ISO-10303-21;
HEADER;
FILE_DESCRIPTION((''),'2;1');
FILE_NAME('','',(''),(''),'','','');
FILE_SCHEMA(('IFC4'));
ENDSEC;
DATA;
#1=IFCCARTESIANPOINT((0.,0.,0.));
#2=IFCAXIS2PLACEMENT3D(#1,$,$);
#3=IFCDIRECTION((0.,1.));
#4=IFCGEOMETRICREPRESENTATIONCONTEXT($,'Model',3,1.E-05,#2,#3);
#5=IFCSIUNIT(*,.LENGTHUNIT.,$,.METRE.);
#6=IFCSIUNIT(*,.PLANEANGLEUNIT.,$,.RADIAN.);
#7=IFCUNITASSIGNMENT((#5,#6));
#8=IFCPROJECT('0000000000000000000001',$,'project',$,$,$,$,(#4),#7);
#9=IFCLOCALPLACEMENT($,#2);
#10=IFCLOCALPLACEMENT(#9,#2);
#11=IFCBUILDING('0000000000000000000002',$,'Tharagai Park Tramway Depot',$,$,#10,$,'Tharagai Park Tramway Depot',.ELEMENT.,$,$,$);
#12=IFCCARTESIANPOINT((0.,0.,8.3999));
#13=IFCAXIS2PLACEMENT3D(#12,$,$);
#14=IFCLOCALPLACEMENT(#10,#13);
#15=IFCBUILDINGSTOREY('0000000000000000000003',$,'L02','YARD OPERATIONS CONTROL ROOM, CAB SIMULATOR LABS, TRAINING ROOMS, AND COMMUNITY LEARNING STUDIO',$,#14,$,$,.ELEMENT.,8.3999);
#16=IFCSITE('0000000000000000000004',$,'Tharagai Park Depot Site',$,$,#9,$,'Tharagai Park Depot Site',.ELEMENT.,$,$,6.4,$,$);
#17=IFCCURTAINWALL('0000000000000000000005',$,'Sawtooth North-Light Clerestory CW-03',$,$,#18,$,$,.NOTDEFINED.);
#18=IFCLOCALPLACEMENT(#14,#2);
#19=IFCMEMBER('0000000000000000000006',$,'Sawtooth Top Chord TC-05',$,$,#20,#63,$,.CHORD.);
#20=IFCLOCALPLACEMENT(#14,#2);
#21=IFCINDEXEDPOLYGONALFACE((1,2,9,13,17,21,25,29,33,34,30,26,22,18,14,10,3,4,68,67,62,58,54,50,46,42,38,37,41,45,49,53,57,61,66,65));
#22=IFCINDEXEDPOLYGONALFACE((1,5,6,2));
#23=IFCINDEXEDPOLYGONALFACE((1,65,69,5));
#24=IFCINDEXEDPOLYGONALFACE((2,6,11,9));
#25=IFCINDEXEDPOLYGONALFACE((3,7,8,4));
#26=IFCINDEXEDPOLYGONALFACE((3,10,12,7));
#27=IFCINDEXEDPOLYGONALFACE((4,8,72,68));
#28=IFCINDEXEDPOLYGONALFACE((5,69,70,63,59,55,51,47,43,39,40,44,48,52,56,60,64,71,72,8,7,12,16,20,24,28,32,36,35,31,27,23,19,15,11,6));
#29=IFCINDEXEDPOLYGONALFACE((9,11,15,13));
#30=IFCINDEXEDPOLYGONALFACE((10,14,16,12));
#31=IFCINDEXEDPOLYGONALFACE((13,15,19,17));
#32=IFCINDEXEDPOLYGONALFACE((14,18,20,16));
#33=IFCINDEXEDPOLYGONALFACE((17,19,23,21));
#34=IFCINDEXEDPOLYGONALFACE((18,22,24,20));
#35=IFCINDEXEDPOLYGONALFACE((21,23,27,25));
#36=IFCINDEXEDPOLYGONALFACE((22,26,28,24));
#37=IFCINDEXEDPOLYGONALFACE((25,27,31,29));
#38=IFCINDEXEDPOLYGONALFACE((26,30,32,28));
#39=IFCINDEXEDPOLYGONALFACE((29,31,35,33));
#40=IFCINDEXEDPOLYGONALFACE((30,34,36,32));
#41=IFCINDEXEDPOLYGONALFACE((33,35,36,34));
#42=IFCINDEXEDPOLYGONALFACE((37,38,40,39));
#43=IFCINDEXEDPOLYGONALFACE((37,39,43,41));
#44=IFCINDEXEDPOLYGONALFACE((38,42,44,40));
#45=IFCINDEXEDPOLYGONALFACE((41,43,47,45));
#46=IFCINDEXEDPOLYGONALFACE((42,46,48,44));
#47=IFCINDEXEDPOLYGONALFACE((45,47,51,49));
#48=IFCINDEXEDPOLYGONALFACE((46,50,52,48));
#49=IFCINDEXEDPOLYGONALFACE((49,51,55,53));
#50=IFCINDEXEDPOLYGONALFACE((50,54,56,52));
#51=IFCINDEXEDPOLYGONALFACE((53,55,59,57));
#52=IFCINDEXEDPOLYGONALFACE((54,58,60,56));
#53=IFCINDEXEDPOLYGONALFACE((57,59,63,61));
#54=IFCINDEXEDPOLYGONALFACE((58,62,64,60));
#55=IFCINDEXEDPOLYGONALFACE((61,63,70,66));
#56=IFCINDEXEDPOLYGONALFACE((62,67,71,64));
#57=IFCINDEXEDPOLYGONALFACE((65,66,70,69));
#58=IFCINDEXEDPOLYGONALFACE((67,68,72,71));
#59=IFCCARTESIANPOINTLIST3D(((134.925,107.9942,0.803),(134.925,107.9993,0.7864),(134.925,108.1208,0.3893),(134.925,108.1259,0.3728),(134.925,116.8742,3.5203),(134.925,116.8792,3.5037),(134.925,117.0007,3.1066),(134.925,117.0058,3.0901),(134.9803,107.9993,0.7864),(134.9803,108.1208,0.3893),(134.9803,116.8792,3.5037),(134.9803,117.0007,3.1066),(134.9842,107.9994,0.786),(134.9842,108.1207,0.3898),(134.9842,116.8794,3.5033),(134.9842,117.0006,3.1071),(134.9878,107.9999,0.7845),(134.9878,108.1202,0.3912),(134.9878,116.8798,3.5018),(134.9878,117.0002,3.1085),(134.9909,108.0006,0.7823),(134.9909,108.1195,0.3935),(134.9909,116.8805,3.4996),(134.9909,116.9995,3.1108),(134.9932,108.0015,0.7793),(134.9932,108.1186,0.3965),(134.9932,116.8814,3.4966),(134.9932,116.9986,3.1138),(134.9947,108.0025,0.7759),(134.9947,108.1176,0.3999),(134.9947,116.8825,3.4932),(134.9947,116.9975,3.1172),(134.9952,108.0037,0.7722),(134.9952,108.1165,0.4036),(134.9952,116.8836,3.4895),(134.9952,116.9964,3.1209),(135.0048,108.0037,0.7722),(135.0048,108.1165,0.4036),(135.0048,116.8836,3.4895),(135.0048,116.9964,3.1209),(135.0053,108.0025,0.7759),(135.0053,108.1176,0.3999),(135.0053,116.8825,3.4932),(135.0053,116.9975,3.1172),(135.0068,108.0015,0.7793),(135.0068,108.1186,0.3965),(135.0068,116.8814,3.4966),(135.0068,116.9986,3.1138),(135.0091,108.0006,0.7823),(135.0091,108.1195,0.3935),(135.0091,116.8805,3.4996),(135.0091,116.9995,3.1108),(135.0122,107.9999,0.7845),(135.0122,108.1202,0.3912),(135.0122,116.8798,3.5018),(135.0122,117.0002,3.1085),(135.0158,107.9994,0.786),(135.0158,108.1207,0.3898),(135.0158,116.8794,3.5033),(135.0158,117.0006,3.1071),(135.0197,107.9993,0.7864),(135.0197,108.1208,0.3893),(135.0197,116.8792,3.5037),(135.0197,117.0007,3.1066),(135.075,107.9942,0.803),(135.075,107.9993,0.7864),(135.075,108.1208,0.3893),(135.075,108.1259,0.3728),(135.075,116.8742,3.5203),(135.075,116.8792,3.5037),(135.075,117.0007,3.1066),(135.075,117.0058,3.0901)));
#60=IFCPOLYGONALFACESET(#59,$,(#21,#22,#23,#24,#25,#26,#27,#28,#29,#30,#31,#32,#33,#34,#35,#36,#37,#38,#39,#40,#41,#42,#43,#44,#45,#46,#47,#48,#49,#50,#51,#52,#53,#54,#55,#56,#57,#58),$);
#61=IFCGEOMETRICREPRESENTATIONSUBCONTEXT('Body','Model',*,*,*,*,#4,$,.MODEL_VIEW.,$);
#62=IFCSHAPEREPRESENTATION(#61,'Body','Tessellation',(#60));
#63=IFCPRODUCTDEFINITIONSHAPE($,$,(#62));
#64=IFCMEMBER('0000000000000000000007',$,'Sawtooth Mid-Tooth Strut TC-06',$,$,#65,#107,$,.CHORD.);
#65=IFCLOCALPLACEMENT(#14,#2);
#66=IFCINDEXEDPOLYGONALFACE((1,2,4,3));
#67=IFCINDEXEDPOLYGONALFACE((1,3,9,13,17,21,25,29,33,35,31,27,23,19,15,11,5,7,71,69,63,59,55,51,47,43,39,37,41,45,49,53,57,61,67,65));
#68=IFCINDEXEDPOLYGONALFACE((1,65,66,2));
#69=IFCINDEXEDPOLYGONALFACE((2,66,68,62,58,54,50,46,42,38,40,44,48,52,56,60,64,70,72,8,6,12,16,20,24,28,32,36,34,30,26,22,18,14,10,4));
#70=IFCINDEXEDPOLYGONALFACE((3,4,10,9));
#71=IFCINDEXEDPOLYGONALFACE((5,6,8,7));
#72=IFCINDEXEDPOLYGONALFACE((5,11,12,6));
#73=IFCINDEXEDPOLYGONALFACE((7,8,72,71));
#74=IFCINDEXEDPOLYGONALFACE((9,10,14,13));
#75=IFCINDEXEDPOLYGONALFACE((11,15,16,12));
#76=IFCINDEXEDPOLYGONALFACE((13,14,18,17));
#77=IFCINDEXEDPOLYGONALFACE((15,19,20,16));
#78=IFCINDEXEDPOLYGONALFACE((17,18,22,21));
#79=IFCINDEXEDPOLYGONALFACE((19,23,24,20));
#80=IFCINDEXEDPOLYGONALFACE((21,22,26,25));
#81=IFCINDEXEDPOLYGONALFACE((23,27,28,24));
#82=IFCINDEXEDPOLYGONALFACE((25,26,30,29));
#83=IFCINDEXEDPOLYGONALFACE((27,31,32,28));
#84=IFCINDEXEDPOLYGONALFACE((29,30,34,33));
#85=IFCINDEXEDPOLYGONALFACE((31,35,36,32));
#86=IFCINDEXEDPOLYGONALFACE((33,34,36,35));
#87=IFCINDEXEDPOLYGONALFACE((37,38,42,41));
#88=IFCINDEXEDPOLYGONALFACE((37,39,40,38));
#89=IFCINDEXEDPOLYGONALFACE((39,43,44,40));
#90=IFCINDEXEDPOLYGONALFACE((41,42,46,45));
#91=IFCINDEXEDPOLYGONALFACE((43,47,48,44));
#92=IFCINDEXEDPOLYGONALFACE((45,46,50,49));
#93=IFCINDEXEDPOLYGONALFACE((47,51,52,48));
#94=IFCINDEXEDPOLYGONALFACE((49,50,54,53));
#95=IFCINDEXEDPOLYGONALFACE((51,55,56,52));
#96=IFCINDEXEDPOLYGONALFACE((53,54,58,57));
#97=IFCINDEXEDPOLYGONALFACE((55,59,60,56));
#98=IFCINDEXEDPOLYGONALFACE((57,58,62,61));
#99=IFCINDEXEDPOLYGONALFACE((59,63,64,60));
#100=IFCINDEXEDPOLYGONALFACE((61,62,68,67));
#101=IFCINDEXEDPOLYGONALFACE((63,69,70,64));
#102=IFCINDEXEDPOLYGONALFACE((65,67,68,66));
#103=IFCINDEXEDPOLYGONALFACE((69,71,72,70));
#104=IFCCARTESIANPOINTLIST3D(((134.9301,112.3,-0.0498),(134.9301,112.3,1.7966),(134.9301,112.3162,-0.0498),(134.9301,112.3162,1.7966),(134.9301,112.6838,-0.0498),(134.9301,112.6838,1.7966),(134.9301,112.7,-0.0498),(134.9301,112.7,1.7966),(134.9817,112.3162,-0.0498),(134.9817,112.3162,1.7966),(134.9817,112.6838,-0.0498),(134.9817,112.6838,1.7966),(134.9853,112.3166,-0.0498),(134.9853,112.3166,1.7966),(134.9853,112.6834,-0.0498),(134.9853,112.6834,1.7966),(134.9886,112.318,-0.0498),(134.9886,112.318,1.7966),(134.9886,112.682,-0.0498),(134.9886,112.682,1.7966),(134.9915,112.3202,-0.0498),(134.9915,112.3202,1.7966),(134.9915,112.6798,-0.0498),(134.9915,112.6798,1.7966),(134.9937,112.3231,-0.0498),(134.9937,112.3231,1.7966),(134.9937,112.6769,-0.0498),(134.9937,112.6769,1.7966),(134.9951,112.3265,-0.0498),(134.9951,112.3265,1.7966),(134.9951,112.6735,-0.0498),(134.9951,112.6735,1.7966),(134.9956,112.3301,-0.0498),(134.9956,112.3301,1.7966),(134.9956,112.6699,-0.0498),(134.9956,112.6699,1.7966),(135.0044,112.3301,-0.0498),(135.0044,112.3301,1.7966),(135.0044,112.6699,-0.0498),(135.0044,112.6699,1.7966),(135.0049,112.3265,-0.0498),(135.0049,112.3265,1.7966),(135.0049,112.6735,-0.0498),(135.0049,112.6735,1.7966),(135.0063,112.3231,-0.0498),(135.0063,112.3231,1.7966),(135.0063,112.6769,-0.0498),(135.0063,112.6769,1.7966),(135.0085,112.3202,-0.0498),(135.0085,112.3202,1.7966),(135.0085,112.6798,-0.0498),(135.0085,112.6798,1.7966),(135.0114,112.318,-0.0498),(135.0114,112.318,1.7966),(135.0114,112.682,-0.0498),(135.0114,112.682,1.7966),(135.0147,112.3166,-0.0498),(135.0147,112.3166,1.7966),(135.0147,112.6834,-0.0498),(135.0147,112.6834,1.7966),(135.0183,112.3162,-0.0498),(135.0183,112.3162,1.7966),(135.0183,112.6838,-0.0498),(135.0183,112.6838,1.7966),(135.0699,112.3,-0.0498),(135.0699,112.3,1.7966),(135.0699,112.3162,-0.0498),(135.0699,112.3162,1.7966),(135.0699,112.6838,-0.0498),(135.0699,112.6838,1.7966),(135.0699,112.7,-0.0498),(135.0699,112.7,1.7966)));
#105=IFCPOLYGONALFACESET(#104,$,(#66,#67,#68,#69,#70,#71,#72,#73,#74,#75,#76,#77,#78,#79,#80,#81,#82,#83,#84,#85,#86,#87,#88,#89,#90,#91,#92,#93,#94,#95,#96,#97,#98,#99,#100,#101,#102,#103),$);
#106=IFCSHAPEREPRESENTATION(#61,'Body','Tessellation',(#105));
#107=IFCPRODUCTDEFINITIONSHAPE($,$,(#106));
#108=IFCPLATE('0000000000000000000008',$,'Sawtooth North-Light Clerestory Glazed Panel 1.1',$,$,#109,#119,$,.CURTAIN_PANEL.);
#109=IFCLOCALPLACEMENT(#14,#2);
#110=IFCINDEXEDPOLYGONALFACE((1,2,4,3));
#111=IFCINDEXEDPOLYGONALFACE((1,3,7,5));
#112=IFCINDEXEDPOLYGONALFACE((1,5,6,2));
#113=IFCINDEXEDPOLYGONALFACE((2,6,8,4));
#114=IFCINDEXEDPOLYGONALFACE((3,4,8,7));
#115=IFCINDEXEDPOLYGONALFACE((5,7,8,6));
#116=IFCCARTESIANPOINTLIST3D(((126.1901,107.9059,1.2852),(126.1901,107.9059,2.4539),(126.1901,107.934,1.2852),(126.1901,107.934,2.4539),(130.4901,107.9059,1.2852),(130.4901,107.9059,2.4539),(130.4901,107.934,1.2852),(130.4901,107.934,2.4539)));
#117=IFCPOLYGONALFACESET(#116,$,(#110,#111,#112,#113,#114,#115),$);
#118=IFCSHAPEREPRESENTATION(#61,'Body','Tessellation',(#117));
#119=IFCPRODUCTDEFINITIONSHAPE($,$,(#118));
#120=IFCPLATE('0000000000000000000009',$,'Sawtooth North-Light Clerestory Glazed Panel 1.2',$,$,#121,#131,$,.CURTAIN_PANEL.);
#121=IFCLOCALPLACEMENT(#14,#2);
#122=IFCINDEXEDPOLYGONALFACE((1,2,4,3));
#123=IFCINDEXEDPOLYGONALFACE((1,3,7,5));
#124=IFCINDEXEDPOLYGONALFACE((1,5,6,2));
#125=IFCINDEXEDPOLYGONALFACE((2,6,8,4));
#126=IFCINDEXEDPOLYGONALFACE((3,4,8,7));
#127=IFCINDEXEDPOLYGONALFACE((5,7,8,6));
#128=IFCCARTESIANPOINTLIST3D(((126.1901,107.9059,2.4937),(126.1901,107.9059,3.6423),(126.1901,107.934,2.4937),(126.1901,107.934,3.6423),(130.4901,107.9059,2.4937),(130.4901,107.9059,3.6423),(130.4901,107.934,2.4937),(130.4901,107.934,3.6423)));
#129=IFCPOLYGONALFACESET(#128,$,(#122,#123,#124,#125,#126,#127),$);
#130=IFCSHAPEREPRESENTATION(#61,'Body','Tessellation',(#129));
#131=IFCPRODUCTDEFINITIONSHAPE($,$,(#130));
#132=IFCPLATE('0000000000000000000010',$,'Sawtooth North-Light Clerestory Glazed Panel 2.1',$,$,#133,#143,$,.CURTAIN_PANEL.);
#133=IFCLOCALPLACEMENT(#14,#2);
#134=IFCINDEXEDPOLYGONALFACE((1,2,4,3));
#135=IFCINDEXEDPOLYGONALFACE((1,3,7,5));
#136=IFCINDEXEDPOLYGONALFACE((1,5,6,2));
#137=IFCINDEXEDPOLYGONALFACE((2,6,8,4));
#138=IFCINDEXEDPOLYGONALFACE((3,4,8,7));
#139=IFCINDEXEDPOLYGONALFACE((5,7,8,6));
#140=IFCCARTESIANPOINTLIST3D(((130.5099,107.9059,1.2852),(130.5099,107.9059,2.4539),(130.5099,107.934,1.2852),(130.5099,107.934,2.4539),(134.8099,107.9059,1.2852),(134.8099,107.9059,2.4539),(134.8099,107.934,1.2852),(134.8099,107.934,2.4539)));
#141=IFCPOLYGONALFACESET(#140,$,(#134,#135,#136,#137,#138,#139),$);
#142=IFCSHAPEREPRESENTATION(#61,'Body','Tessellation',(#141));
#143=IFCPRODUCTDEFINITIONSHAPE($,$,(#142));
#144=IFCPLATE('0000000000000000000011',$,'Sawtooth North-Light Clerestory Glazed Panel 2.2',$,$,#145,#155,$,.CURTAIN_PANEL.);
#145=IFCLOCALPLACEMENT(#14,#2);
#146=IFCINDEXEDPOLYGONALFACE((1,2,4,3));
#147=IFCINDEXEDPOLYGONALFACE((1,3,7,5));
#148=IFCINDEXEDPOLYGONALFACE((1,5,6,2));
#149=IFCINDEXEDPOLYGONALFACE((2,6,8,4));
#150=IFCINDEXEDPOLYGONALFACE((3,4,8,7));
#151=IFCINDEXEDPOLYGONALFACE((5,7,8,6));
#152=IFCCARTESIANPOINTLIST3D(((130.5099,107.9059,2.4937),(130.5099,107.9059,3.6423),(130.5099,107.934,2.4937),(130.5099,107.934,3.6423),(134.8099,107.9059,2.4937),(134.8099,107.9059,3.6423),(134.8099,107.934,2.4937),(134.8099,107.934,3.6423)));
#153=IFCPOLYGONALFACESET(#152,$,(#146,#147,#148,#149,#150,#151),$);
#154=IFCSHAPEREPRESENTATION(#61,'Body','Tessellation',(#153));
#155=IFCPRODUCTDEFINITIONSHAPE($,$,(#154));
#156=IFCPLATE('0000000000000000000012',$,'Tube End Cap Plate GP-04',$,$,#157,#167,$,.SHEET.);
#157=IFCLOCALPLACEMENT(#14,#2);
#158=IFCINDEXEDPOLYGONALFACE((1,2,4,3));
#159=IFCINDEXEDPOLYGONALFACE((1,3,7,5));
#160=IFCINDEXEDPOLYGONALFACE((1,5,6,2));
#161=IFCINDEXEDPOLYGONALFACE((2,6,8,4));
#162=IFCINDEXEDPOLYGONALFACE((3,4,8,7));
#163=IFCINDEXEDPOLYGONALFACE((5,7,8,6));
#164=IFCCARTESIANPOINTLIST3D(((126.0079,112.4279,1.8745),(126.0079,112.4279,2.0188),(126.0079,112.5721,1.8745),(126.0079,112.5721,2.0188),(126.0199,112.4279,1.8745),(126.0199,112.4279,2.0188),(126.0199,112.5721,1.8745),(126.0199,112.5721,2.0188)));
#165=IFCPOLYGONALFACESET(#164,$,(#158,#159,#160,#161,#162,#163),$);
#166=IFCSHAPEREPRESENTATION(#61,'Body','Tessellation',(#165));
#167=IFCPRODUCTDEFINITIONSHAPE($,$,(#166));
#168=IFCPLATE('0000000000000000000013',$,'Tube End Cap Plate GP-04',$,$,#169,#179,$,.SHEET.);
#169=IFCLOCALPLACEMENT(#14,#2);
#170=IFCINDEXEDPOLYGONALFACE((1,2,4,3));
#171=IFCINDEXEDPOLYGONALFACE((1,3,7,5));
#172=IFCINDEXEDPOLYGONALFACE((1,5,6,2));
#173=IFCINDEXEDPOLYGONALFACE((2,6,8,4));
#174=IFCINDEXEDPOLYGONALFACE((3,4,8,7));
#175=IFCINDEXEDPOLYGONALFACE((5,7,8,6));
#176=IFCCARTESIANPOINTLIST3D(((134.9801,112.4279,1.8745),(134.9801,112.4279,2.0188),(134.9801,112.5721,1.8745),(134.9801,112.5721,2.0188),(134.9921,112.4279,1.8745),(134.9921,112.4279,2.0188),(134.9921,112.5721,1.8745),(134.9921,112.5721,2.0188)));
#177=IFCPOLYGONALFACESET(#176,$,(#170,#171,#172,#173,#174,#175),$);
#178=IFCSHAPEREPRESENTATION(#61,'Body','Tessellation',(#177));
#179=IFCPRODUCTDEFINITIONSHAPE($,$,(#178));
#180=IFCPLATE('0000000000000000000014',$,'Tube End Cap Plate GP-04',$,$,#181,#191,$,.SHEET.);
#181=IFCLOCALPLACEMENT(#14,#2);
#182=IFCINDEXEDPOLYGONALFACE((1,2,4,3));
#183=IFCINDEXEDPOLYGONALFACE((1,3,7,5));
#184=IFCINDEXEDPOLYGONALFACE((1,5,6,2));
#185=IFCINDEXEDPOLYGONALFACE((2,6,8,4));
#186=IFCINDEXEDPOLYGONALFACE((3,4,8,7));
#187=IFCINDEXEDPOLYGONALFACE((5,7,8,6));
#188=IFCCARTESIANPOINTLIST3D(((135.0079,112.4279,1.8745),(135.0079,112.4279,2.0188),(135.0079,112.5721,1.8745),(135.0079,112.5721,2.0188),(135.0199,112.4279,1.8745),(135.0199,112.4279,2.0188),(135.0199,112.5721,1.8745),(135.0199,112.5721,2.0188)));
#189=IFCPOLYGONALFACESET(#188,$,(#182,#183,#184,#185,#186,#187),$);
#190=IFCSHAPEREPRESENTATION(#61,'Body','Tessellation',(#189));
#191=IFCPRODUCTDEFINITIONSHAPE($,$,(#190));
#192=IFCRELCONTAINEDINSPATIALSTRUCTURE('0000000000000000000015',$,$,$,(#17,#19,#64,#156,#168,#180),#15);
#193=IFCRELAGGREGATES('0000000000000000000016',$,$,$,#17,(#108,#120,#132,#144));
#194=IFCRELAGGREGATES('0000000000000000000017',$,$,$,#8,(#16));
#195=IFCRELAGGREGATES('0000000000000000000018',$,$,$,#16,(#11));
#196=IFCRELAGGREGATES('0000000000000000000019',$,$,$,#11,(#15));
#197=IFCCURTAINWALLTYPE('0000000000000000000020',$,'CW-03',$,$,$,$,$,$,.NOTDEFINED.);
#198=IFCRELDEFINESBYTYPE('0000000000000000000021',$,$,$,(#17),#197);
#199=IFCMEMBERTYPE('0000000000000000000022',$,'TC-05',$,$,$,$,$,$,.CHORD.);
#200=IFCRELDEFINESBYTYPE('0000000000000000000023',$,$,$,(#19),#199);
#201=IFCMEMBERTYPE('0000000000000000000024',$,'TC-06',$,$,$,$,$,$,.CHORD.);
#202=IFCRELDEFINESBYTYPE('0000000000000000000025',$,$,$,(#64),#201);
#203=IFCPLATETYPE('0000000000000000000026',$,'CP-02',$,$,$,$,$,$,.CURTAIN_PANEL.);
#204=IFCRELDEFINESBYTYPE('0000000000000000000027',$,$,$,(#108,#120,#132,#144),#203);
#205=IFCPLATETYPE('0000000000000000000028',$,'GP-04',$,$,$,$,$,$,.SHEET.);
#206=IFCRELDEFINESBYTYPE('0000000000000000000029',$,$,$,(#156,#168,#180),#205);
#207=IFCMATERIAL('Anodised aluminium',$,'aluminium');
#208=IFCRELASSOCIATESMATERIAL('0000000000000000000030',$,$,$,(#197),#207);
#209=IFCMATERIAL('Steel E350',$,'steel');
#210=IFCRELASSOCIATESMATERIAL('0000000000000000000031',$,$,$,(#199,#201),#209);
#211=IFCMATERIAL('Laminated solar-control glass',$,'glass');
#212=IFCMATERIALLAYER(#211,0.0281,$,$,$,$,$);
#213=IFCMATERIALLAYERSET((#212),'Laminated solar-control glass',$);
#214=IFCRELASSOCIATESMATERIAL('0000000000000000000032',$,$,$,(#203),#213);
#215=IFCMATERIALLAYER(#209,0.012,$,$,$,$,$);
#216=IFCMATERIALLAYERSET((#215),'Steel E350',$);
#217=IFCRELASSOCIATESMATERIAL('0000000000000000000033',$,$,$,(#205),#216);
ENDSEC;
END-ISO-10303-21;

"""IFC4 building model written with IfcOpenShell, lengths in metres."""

from ifc_helpers import new_model, si_unit, direction, frame, origin, origin_2d, place, context, subcontext, project, spatial, rectangle, i_section, extrude, material, layer, layer_set, material_profile, profile_set, type_object, element, aggregate, save


model = new_model("IFC4")

# Units and contexts
model_context = context("Model", 3, precision=1e-05, world=origin(), true_north=direction((0.0, 1.0)))
body_context = subcontext(model_context, "Body", "Model", "MODEL_VIEW")
ifc_project = project(units=[si_unit("LENGTHUNIT", "METRE"), si_unit("PLANEANGLEUNIT", "RADIAN")], contexts=[model_context])

# Site, building, storey
site_placement = place(None, origin())
site = spatial("IfcSite", under=ifc_project, at=site_placement, Name="Tharagai Park Depot Site", LongName="Tharagai Park Depot Site", CompositionType="ELEMENT", RefElevation=6.4)
building_placement = place(site_placement, origin())
building = spatial("IfcBuilding", under=site, at=building_placement, Name="Tharagai Park Tramway Depot", LongName="Tharagai Park Tramway Depot", CompositionType="ELEMENT")
storey_placement = place(building_placement, frame((0.0, 0.0, 8.3999)))
storey = spatial("IfcBuildingStorey", under=building, at=storey_placement, Name="L02", Description="YARD OPERATIONS CONTROL ROOM, CAB SIMULATOR LABS, TRAINING ROOMS, AND COMMUNITY LEARNING STUDIO", CompositionType="ELEMENT", Elevation=8.3999)

# Shared definitions
ifc_material_1 = material(Name="Steel E350", Category="steel")

# Curtain wall
ifc_material_2 = material(Name="Anodised aluminium", Category="aluminium")
curtain_wall_type = type_object("IfcCurtainWallType", Name="CW-03", PredefinedType="NOTDEFINED", material=ifc_material_2)
curtain_wall_placement = place(storey_placement, origin())
curtain_wall = element("IfcCurtainWall", 1, at=curtain_wall_placement, inside=storey, type_object=curtain_wall_type, Name="Sawtooth North-Light Clerestory CW-03", PredefinedType="NOTDEFINED")

# Members
ifc_material_profile_1 = material_profile(ifc_material_1, i_section(OverallWidth=0.1499, OverallDepth=0.45, WebThickness=0.0095, FlangeThickness=0.0173, FilletRadius=0.0149, at=origin_2d()), Name="ISMB 450")
ifc_profile_set_1 = profile_set([ifc_material_profile_1], Name="Steel E350")
member_type_1 = type_object("IfcMemberType", Name="TC-05", PredefinedType="CHORD", material=ifc_profile_set_1)
member_1_placement = place(storey_placement, frame((135.0, 108.0601, 0.5879), z_axis=(0.0, 0.956231, 0.292611), x_axis=(-1.0, 0.0, 0.0)))
element("IfcMember", 2, at=member_1_placement, inside=storey, type_object=member_type_1, Name="Sawtooth Top Chord TC-05", PredefinedType="CHORD", context=body_context, shape_type="SweptSolid", body=[
    extrude(i_section(OverallWidth=0.1499, OverallDepth=0.45, WebThickness=0.0095, FlangeThickness=0.0173, FilletRadius=0.0149, at=origin_2d()), origin(), (0.0, 0.0, 1.0), 9.2864),
])
ifc_material_profile_2 = material_profile(ifc_material_1, i_section(OverallWidth=0.1399, OverallDepth=0.3999, WebThickness=0.0088, FlangeThickness=0.0161, FilletRadius=0.0139, at=origin_2d()), Name="ISMB 400")
ifc_profile_set_2 = profile_set([ifc_material_profile_2], Name="Steel E350")
member_type_2 = type_object("IfcMemberType", Name="TC-06", PredefinedType="CHORD", material=ifc_profile_set_2)
member_2_placement = place(storey_placement, frame((135.0, 112.5, -0.0498), z_axis=(0.0, 0.0, 1.0), x_axis=(1.0, 0.0, 0.0)))
element("IfcMember", 3, at=member_2_placement, inside=storey, type_object=member_type_2, Name="Sawtooth Mid-Tooth Strut TC-06", PredefinedType="CHORD", context=body_context, shape_type="SweptSolid", body=[
    extrude(i_section(OverallWidth=0.1399, OverallDepth=0.3999, WebThickness=0.0088, FlangeThickness=0.0161, FilletRadius=0.0139, at=origin_2d()), origin(), (0.0, 0.0, 1.0), 1.8464),
])

# Plates
ifc_material_3 = material(Name="Laminated solar-control glass", Category="glass")
ifc_layer_1 = layer(ifc_material_3, 0.0281)
ifc_layer_set_1 = layer_set([ifc_layer_1], Name="Laminated solar-control glass")
plate_type_1 = type_object("IfcPlateType", Name="CP-02", PredefinedType="CURTAIN_PANEL", material=ifc_layer_set_1)
plate_1_placement = place(storey_placement, frame((128.3401, 107.9199, 1.2852), z_axis=(0.0, 0.0, 1.0), x_axis=(1.0, 0.0, 0.0)))
plate_1 = element("IfcPlate", 4, at=plate_1_placement, type_object=plate_type_1, Name="Sawtooth North-Light Clerestory Glazed Panel 1.1", PredefinedType="CURTAIN_PANEL", context=body_context, shape_type="SweptSolid", body=[
    extrude(rectangle(XDim=4.3, YDim=0.0281, at=origin_2d()), origin(), (0.0, 0.0, 1.0), 1.1687),
])
plate_2_placement = place(storey_placement, frame((128.3401, 107.9199, 2.4937), z_axis=(0.0, 0.0, 1.0), x_axis=(1.0, 0.0, 0.0)))
plate_2 = element("IfcPlate", 5, at=plate_2_placement, type_object=plate_type_1, Name="Sawtooth North-Light Clerestory Glazed Panel 1.2", PredefinedType="CURTAIN_PANEL", context=body_context, shape_type="SweptSolid", body=[
    extrude(rectangle(XDim=4.3, YDim=0.0281, at=origin_2d()), origin(), (0.0, 0.0, 1.0), 1.1487),
])
plate_3_placement = place(storey_placement, frame((132.6599, 107.9199, 1.2852), z_axis=(0.0, 0.0, 1.0), x_axis=(1.0, 0.0, 0.0)))
plate_3 = element("IfcPlate", 6, at=plate_3_placement, type_object=plate_type_1, Name="Sawtooth North-Light Clerestory Glazed Panel 2.1", PredefinedType="CURTAIN_PANEL", context=body_context, shape_type="SweptSolid", body=[
    extrude(rectangle(XDim=4.3, YDim=0.0281, at=origin_2d()), origin(), (0.0, 0.0, 1.0), 1.1687),
])
plate_4_placement = place(storey_placement, frame((132.6599, 107.9199, 2.4937), z_axis=(0.0, 0.0, 1.0), x_axis=(1.0, 0.0, 0.0)))
plate_4 = element("IfcPlate", 7, at=plate_4_placement, type_object=plate_type_1, Name="Sawtooth North-Light Clerestory Glazed Panel 2.2", PredefinedType="CURTAIN_PANEL", context=body_context, shape_type="SweptSolid", body=[
    extrude(rectangle(XDim=4.3, YDim=0.0281, at=origin_2d()), origin(), (0.0, 0.0, 1.0), 1.1487),
])
aggregate(curtain_wall, [plate_1, plate_2, plate_3, plate_4])

# Plates
ifc_layer_2 = layer(ifc_material_1, 0.012)
ifc_layer_set_2 = layer_set([ifc_layer_2], Name="Steel E350")
plate_type_2 = type_object("IfcPlateType", Name="GP-04", PredefinedType="SHEET", material=ifc_layer_set_2)
for number, where, z_axis, x_axis, name in (
    (8, (126.0139, 112.5, 1.8745), (0.0, 0.0, 1.0), (1.0, 0.0, 0.0), "Tube End Cap Plate GP-04"),
    (9, (134.9861, 112.5, 1.8745), (0.0, 0.0, 1.0), (1.0, 0.0, 0.0), "Tube End Cap Plate GP-04"),
    (10, (135.0139, 112.5, 1.8745), (0.0, 0.0, 1.0), (1.0, 0.0, 0.0), "Tube End Cap Plate GP-04"),
):
    element("IfcPlate", number, at=place(storey_placement, frame(where, z_axis=z_axis, x_axis=x_axis)), inside=storey, type_object=plate_type_2, Name=name, PredefinedType="SHEET", context=body_context, shape_type="SweptSolid", body=[
        extrude(rectangle(XDim=0.012, YDim=0.1443, at=origin_2d()), origin(), (0.0, 0.0, 1.0), 0.1443),
    ])

save(model, "model.ifc")
